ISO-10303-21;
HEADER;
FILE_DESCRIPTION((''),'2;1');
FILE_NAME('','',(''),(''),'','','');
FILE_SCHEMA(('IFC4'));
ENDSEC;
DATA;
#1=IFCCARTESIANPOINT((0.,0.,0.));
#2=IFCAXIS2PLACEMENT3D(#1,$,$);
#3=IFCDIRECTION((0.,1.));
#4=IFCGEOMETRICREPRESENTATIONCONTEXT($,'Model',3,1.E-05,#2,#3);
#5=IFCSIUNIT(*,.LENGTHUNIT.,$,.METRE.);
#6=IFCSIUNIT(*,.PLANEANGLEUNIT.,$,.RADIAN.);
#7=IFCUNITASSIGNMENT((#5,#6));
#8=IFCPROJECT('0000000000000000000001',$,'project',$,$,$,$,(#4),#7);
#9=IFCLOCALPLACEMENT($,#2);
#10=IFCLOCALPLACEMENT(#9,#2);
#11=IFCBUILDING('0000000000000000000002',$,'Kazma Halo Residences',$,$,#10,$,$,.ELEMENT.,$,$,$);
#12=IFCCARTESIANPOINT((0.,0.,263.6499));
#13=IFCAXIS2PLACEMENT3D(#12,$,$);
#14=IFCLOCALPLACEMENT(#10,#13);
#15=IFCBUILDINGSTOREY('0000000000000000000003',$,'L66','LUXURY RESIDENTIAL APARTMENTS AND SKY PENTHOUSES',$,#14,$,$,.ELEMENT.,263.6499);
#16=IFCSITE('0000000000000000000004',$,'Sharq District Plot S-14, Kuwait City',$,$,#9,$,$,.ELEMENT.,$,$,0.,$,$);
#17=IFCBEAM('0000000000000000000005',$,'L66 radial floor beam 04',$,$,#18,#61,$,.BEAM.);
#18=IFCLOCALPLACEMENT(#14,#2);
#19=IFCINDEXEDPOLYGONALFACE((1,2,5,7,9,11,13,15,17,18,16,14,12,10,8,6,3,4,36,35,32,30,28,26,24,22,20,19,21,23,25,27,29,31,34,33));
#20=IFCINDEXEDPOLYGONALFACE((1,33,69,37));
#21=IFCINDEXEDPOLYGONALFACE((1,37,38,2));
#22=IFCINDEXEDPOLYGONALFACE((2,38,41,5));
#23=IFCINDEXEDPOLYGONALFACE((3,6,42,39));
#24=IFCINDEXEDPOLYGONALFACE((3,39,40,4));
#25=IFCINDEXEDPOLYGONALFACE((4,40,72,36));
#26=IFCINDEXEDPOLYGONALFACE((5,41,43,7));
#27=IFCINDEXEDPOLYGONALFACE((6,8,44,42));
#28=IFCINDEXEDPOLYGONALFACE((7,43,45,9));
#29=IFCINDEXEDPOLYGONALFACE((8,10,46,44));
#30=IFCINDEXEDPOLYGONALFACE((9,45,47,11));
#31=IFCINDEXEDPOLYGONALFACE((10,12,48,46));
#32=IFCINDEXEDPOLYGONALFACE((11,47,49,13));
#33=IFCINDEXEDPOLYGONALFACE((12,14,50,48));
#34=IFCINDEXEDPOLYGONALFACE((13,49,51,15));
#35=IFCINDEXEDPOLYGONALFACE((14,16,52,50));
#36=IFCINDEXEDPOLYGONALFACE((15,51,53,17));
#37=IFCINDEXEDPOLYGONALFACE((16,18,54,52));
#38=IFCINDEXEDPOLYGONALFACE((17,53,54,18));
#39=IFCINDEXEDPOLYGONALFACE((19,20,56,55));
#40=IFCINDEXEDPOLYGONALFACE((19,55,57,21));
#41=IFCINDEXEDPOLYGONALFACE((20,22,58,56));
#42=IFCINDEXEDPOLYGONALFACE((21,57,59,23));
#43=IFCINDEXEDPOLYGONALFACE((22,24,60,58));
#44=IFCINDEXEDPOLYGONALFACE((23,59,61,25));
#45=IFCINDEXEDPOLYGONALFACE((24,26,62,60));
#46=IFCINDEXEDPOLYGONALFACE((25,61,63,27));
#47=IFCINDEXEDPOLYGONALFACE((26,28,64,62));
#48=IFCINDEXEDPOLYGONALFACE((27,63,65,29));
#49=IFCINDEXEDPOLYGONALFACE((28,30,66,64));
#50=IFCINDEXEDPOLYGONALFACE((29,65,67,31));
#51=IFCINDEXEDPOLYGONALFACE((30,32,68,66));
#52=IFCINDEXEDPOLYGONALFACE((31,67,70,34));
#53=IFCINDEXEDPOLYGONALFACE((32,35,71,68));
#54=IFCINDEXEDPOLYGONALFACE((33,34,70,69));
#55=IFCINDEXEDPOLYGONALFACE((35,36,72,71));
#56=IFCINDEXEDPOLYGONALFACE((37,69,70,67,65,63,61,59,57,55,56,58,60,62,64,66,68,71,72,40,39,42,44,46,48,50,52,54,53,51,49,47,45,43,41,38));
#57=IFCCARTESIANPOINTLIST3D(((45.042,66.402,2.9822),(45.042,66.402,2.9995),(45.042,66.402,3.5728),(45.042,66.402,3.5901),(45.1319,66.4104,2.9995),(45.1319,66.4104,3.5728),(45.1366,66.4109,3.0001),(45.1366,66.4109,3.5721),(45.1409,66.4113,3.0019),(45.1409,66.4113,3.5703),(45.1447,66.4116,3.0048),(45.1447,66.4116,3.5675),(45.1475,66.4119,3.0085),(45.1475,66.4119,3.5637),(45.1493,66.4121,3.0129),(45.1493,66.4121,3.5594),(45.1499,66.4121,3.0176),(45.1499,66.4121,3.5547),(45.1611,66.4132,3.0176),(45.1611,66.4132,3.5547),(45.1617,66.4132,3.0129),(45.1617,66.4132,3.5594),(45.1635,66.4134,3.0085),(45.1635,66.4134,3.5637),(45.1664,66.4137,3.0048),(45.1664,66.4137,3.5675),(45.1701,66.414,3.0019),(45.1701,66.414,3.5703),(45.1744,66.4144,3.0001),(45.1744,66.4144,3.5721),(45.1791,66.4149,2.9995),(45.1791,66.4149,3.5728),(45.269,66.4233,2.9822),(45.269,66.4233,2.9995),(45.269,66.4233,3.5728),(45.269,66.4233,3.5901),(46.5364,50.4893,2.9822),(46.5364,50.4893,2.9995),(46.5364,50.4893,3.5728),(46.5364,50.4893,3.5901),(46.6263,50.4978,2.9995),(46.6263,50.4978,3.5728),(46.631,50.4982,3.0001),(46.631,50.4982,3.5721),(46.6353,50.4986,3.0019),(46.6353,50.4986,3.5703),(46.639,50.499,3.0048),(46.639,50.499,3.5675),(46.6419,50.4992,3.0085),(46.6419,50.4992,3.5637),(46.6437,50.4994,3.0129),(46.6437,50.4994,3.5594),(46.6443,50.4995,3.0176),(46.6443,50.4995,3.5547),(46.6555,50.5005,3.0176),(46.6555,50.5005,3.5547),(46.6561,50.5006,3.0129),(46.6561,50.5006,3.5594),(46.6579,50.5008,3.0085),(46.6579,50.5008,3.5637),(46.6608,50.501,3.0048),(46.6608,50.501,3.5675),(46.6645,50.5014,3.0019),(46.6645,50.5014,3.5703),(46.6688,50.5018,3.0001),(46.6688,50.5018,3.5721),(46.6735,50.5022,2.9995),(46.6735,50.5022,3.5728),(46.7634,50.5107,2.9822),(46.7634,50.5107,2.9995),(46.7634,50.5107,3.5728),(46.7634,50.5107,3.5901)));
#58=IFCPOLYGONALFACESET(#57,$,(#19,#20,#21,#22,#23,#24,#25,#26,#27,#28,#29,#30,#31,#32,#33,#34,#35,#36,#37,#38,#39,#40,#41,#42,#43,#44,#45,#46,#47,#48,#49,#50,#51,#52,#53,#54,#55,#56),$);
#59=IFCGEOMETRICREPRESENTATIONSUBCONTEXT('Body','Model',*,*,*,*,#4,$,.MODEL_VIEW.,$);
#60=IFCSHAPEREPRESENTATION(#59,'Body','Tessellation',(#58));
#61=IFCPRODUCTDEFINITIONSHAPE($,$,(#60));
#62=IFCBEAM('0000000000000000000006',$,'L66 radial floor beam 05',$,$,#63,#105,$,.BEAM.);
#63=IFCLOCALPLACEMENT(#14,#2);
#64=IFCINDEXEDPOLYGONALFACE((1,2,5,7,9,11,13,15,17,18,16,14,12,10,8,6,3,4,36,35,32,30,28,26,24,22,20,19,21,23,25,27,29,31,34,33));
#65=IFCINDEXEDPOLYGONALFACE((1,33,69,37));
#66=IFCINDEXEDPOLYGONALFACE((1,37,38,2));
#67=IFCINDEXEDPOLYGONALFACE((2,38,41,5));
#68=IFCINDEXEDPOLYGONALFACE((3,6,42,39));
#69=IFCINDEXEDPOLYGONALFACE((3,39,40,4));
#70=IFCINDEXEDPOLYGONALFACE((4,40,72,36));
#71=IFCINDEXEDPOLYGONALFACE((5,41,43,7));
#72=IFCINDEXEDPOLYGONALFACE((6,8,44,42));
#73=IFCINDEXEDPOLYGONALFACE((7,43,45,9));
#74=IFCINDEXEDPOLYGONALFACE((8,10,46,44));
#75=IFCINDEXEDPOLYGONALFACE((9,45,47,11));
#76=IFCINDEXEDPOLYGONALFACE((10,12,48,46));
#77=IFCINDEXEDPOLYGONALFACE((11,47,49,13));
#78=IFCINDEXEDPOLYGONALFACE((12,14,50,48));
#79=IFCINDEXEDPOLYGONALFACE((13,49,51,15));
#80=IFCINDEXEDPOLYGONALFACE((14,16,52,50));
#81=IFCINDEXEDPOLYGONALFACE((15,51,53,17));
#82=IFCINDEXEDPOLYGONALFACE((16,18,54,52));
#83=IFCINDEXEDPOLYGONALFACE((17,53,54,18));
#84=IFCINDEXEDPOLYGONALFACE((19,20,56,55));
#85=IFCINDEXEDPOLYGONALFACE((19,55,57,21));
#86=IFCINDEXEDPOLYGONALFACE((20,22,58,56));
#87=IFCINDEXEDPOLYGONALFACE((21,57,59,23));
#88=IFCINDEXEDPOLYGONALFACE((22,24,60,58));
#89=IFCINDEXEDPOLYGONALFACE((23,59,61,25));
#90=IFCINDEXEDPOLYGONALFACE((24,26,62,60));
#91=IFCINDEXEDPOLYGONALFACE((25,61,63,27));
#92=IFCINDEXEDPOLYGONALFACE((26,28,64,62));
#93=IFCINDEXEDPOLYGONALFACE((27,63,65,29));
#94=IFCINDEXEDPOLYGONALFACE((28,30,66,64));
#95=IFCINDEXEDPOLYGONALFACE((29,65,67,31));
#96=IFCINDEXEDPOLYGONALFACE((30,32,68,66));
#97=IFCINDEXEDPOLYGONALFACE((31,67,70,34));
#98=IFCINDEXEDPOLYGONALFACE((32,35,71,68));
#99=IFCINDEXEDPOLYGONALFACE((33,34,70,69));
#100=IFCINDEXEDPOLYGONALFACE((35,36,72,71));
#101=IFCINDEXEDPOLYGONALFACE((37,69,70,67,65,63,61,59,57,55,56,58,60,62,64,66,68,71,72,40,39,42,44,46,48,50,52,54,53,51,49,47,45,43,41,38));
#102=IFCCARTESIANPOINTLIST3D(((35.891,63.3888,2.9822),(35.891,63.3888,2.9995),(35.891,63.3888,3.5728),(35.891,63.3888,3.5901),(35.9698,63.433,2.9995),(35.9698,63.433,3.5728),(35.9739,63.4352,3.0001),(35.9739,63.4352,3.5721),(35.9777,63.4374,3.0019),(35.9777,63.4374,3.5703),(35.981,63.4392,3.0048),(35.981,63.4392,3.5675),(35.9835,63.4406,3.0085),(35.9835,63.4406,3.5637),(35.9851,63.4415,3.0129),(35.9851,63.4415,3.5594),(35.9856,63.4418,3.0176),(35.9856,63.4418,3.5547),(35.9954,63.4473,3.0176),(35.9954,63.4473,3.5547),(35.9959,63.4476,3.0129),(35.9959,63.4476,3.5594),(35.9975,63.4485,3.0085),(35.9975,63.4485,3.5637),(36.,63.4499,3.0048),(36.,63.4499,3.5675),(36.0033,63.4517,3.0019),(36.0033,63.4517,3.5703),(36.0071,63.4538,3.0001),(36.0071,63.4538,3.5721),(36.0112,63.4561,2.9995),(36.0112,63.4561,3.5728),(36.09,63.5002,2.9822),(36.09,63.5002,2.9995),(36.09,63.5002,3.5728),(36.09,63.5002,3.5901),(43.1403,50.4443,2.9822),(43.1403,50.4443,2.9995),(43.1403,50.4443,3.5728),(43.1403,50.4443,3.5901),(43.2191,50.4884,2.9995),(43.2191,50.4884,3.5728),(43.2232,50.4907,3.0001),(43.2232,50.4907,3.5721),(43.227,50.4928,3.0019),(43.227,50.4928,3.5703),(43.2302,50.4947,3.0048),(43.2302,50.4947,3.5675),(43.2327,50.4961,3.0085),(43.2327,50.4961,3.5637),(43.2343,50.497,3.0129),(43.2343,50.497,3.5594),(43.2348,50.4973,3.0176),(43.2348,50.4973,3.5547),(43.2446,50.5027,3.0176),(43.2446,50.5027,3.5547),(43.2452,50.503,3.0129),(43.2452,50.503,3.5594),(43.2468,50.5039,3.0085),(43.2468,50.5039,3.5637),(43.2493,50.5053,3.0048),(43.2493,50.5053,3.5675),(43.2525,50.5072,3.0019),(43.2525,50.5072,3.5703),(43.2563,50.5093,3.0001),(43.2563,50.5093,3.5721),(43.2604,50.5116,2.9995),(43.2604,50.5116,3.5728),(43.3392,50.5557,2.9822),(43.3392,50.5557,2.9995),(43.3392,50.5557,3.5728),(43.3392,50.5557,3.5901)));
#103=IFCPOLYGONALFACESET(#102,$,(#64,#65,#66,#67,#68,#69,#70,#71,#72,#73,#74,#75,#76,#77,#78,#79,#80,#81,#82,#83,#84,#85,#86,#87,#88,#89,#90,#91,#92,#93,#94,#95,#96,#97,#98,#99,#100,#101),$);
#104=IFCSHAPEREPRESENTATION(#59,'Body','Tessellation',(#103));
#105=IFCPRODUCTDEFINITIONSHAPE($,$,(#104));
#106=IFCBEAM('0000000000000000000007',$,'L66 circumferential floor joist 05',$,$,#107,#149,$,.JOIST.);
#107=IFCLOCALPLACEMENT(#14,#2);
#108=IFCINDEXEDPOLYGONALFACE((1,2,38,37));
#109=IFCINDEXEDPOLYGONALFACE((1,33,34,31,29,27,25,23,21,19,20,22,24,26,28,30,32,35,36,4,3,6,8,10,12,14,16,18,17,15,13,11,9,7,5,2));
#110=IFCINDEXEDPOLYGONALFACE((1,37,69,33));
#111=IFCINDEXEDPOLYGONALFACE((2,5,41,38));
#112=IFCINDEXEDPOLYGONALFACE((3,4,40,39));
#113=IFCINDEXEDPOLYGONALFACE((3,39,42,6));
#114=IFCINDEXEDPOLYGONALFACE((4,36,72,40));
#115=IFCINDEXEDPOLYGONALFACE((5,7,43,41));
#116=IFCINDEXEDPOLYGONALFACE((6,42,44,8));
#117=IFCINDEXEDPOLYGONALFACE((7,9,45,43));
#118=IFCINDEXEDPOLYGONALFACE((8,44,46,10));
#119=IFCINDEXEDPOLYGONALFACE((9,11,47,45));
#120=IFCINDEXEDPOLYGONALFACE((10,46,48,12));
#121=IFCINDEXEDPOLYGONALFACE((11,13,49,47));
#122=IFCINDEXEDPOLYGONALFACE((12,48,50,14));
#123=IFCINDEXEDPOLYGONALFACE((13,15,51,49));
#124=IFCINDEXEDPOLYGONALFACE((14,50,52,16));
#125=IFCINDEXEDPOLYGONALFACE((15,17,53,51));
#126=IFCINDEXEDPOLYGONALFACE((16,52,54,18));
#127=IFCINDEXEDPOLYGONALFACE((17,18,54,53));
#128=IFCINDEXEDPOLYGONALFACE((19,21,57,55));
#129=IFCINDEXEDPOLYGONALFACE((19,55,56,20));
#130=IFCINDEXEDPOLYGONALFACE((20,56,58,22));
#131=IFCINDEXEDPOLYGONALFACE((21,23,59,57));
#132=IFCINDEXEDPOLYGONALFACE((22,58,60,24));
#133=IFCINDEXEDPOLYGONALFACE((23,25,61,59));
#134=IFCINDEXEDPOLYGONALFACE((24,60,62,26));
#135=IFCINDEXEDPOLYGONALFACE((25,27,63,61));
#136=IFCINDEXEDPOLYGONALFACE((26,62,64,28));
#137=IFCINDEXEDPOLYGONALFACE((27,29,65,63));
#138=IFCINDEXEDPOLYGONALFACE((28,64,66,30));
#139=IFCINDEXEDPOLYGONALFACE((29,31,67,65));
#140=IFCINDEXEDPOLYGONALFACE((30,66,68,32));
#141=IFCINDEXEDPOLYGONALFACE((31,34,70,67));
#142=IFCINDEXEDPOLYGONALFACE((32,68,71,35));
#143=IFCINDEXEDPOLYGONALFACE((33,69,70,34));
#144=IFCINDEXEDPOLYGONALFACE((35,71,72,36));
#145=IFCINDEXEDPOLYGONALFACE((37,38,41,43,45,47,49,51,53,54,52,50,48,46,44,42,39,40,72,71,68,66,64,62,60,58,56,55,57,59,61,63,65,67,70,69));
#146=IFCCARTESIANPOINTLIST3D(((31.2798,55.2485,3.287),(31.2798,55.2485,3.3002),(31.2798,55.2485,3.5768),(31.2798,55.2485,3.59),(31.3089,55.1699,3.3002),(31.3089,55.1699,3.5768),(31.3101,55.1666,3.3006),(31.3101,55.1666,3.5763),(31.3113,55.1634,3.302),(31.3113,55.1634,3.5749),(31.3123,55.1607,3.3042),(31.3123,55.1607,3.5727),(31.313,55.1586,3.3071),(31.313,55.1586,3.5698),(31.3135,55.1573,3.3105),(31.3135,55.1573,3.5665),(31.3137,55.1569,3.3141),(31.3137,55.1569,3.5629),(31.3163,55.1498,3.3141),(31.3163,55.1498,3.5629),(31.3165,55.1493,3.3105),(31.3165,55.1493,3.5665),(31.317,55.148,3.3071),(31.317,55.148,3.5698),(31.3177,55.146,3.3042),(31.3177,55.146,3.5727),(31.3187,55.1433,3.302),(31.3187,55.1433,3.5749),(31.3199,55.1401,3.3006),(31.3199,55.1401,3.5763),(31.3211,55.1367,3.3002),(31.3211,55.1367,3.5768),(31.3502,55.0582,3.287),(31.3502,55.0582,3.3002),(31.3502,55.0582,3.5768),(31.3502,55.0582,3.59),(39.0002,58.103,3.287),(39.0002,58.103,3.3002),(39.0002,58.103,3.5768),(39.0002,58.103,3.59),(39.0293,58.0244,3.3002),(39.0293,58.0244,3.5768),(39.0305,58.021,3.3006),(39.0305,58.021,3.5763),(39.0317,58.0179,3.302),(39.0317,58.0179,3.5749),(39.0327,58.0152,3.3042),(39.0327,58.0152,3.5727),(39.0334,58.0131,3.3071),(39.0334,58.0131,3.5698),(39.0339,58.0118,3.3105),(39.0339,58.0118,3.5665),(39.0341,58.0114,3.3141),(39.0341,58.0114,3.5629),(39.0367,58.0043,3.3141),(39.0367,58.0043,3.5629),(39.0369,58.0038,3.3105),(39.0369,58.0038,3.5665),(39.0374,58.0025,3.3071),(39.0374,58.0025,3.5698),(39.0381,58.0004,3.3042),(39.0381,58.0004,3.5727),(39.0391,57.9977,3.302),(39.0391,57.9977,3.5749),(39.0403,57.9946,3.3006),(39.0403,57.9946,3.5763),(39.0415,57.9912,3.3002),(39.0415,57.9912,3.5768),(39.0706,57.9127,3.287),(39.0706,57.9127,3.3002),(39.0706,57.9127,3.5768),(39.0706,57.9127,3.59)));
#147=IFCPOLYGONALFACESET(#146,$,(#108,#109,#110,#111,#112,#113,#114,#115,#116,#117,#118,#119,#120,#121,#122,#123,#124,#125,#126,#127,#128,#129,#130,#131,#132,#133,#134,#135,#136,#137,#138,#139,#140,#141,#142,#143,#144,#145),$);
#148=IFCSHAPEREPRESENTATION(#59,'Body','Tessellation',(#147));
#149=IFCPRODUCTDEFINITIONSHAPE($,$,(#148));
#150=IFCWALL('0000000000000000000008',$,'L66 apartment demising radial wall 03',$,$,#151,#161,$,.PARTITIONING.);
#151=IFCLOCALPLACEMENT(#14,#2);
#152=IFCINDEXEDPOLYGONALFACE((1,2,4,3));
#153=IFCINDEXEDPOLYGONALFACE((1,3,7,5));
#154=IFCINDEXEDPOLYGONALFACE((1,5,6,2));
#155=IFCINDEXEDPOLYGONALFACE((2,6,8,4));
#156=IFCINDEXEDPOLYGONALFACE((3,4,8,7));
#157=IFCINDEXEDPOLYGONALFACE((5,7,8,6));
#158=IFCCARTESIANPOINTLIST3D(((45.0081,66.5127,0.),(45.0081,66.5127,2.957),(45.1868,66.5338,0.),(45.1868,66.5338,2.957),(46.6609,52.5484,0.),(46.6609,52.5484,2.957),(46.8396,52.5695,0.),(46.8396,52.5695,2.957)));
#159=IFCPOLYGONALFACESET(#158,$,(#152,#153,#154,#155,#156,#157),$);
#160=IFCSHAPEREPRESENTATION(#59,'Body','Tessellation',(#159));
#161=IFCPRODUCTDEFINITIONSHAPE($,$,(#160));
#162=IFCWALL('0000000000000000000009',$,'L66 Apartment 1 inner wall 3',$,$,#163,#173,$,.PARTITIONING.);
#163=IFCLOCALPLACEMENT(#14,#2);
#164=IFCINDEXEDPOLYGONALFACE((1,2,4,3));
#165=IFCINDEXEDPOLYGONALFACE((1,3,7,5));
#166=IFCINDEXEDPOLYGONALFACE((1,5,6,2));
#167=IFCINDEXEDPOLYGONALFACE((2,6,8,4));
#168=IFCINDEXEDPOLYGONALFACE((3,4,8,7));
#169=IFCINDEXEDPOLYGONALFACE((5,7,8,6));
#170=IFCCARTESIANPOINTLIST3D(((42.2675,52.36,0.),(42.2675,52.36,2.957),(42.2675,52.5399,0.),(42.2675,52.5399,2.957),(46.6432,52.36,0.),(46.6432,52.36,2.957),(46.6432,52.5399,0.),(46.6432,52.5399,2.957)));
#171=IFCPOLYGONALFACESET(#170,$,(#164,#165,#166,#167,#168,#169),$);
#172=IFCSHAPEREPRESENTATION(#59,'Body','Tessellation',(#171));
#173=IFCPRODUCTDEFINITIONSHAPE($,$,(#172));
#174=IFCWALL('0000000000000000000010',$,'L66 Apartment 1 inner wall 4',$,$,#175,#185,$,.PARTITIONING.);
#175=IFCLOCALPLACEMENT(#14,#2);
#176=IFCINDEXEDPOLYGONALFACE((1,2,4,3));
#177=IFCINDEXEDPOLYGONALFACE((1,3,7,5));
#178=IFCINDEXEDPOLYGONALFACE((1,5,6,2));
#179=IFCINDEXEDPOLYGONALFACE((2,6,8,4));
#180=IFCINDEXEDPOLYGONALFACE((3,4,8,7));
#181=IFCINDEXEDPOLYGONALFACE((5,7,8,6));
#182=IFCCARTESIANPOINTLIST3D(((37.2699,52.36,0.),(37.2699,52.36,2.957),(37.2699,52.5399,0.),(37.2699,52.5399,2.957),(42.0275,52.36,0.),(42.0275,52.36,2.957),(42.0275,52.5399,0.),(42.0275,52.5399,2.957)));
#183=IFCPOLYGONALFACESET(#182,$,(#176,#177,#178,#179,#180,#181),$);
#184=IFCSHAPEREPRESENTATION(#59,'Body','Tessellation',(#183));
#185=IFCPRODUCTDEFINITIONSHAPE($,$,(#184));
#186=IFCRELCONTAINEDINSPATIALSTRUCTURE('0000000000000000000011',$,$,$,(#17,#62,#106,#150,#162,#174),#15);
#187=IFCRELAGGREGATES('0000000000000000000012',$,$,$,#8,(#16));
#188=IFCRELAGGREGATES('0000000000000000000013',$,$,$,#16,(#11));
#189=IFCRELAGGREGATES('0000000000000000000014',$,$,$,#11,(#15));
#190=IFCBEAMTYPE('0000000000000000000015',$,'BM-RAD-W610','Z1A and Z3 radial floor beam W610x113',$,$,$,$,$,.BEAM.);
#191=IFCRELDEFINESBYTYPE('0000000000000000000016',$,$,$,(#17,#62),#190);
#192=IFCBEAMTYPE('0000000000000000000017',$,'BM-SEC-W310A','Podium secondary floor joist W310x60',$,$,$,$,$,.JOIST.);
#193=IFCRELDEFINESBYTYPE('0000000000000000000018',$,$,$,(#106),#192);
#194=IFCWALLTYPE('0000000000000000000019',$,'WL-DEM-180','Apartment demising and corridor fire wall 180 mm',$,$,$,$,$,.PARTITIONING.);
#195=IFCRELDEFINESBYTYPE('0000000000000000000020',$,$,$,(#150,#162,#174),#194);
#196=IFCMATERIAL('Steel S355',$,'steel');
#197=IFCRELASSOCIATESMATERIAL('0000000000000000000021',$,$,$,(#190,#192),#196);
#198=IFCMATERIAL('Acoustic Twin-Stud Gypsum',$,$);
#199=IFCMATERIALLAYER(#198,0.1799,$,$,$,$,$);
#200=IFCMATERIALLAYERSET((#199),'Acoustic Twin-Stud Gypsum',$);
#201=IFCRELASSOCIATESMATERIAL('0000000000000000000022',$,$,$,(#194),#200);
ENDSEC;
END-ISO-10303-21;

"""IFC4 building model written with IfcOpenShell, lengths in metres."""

from ifc_helpers import new_model, si_unit, direction, frame, frame_2d, origin, origin_2d, place, context, subcontext, project, spatial, rectangle, i_section, extrude, material, layer, layer_set, material_profile, profile_set, type_object, element, save


model = new_model("IFC4")

# Units and contexts
model_context = context("Model", 3, precision=1e-05, world=origin(), true_north=direction((0.0, 1.0)))
body_context = subcontext(model_context, "Body", "Model", "MODEL_VIEW")
ifc_project = project(units=[si_unit("LENGTHUNIT", "METRE"), si_unit("PLANEANGLEUNIT", "RADIAN")], contexts=[model_context])

# Site, building, storey
site_placement = place(None, origin())
site = spatial("IfcSite", under=ifc_project, at=site_placement, Name="Sharq District Plot S-14, Kuwait City", CompositionType="ELEMENT", RefElevation=0.0)
building_placement = place(site_placement, origin())
building = spatial("IfcBuilding", under=site, at=building_placement, Name="Kazma Halo Residences", CompositionType="ELEMENT")
storey_placement = place(building_placement, frame((0.0, 0.0, 263.6499)))
storey = spatial("IfcBuildingStorey", under=building, at=storey_placement, Name="L66", Description="LUXURY RESIDENTIAL APARTMENTS AND SKY PENTHOUSES", CompositionType="ELEMENT", Elevation=263.6499)

# Beams
ifc_material_1 = material(Name="Steel S355", Category="steel")
ifc_material_profile_1 = material_profile(ifc_material_1, i_section(OverallWidth=0.228, OverallDepth=0.6079, WebThickness=0.0112, FlangeThickness=0.0173, FilletRadius=0.0181, at=origin_2d()), Name="W610x113")
ifc_profile_set_1 = profile_set([ifc_material_profile_1], Name="Steel S355")
beam_type_1 = type_object("IfcBeamType", Name="BM-RAD-W610", Description="Z1A and Z3 radial floor beam W610x113", PredefinedType="BEAM", material=ifc_profile_set_1)
beam_1_placement = place(storey_placement, frame((46.6499, 50.5, 3.2861), z_axis=(-0.093501, 0.995619, 0.0), x_axis=(-0.995619, -0.093501, 0.0)))
element("IfcBeam", 1, at=beam_1_placement, inside=storey, type_object=beam_type_1, Name="L66 radial floor beam 04", PredefinedType="BEAM", context=body_context, shape_type="SweptSolid", body=[
    extrude(i_section(OverallWidth=0.228, OverallDepth=0.6079, WebThickness=0.0112, FlangeThickness=0.0173, FilletRadius=0.0181, at=origin_2d()), origin(), (0.0, 0.0, 1.0), 15.9827),
])
beam_2_placement = place(storey_placement, frame((43.2397, 50.5, 3.2861), z_axis=(-0.488619, 0.872497, 0.0), x_axis=(-0.872497, -0.488619, 0.0)))
element("IfcBeam", 2, at=beam_2_placement, inside=storey, type_object=beam_type_1, Name="L66 radial floor beam 05", PredefinedType="BEAM", context=body_context, shape_type="SweptSolid", body=[
    extrude(i_section(OverallWidth=0.228, OverallDepth=0.6079, WebThickness=0.0112, FlangeThickness=0.0173, FilletRadius=0.0181, at=origin_2d()), origin(), (0.0, 0.0, 1.0), 14.8362),
])
ifc_material_profile_2 = material_profile(ifc_material_1, i_section(OverallWidth=0.2029, OverallDepth=0.303, WebThickness=0.0076, FlangeThickness=0.0132, FilletRadius=0.0139, at=origin_2d()), Name="W310x60")
ifc_profile_set_2 = profile_set([ifc_material_profile_2], Name="Steel S355")
beam_type_2 = type_object("IfcBeamType", Name="BM-SEC-W310A", Description="Podium secondary floor joist W310x60", PredefinedType="JOIST", material=ifc_profile_set_2)
beam_3_placement = place(storey_placement, frame((39.0354, 58.0078, 3.4385), z_axis=(-0.937944, -0.346787, 0.0), x_axis=(0.346787, -0.937944, 0.0)))
element("IfcBeam", 3, at=beam_3_placement, inside=storey, type_object=beam_type_2, Name="L66 circumferential floor joist 05", PredefinedType="JOIST", context=body_context, shape_type="SweptSolid", body=[
    extrude(i_section(OverallWidth=0.2029, OverallDepth=0.303, WebThickness=0.0076, FlangeThickness=0.0132, FilletRadius=0.0139, at=origin_2d()), origin(), (0.0, 0.0, 1.0), 8.2312),
])

# Walls
ifc_material_2 = material(Name="Acoustic Twin-Stud Gypsum")
ifc_layer_1 = layer(ifc_material_2, 0.1799)
ifc_layer_set_1 = layer_set([ifc_layer_1], Name="Acoustic Twin-Stud Gypsum")
wall_type_1 = type_object("IfcWallType", Name="WL-DEM-180", Description="Apartment demising and corridor fire wall 180 mm", PredefinedType="PARTITIONING", material=ifc_layer_set_1)
wall_1_placement = place(storey_placement, frame((46.7502, 52.5591, 0.0), z_axis=(0.0, 0.0, 1.0), x_axis=(-0.11754, 0.993068, 0.0)))
element("IfcWall", 4, at=wall_1_placement, inside=storey, type_object=wall_type_1, Name="L66 apartment demising radial wall 03", PredefinedType="PARTITIONING", context=body_context, shape_type="SweptSolid", body=[
    extrude(rectangle(XDim=14.0618, YDim=0.1799, at=frame_2d((7.0308, 0.0))), origin(), (0.0, 0.0, 1.0), 2.957),
])
wall_2_placement = place(storey_placement, frame((46.6433, 52.45, 0.0), z_axis=(0.0, 0.0, 1.0), x_axis=(-1.0, 0.0, 0.0)))
element("IfcWall", 5, at=wall_2_placement, inside=storey, type_object=wall_type_1, Name="L66 Apartment 1 inner wall 3", PredefinedType="PARTITIONING", context=body_context, shape_type="SweptSolid", body=[
    extrude(rectangle(XDim=4.3757, YDim=0.1799, at=frame_2d((2.188, 0.0))), origin(), (0.0, 0.0, 1.0), 2.957),
])
wall_3_placement = place(storey_placement, frame((42.0276, 52.45, 0.0), z_axis=(0.0, 0.0, 1.0), x_axis=(-1.0, 0.0, 0.0)))
element("IfcWall", 6, at=wall_3_placement, inside=storey, type_object=wall_type_1, Name="L66 Apartment 1 inner wall 4", PredefinedType="PARTITIONING", context=body_context, shape_type="SweptSolid", body=[
    extrude(rectangle(XDim=4.7576, YDim=0.1799, at=frame_2d((2.3789, 0.0))), origin(), (0.0, 0.0, 1.0), 2.957),
])

save(model, "model.ifc")
